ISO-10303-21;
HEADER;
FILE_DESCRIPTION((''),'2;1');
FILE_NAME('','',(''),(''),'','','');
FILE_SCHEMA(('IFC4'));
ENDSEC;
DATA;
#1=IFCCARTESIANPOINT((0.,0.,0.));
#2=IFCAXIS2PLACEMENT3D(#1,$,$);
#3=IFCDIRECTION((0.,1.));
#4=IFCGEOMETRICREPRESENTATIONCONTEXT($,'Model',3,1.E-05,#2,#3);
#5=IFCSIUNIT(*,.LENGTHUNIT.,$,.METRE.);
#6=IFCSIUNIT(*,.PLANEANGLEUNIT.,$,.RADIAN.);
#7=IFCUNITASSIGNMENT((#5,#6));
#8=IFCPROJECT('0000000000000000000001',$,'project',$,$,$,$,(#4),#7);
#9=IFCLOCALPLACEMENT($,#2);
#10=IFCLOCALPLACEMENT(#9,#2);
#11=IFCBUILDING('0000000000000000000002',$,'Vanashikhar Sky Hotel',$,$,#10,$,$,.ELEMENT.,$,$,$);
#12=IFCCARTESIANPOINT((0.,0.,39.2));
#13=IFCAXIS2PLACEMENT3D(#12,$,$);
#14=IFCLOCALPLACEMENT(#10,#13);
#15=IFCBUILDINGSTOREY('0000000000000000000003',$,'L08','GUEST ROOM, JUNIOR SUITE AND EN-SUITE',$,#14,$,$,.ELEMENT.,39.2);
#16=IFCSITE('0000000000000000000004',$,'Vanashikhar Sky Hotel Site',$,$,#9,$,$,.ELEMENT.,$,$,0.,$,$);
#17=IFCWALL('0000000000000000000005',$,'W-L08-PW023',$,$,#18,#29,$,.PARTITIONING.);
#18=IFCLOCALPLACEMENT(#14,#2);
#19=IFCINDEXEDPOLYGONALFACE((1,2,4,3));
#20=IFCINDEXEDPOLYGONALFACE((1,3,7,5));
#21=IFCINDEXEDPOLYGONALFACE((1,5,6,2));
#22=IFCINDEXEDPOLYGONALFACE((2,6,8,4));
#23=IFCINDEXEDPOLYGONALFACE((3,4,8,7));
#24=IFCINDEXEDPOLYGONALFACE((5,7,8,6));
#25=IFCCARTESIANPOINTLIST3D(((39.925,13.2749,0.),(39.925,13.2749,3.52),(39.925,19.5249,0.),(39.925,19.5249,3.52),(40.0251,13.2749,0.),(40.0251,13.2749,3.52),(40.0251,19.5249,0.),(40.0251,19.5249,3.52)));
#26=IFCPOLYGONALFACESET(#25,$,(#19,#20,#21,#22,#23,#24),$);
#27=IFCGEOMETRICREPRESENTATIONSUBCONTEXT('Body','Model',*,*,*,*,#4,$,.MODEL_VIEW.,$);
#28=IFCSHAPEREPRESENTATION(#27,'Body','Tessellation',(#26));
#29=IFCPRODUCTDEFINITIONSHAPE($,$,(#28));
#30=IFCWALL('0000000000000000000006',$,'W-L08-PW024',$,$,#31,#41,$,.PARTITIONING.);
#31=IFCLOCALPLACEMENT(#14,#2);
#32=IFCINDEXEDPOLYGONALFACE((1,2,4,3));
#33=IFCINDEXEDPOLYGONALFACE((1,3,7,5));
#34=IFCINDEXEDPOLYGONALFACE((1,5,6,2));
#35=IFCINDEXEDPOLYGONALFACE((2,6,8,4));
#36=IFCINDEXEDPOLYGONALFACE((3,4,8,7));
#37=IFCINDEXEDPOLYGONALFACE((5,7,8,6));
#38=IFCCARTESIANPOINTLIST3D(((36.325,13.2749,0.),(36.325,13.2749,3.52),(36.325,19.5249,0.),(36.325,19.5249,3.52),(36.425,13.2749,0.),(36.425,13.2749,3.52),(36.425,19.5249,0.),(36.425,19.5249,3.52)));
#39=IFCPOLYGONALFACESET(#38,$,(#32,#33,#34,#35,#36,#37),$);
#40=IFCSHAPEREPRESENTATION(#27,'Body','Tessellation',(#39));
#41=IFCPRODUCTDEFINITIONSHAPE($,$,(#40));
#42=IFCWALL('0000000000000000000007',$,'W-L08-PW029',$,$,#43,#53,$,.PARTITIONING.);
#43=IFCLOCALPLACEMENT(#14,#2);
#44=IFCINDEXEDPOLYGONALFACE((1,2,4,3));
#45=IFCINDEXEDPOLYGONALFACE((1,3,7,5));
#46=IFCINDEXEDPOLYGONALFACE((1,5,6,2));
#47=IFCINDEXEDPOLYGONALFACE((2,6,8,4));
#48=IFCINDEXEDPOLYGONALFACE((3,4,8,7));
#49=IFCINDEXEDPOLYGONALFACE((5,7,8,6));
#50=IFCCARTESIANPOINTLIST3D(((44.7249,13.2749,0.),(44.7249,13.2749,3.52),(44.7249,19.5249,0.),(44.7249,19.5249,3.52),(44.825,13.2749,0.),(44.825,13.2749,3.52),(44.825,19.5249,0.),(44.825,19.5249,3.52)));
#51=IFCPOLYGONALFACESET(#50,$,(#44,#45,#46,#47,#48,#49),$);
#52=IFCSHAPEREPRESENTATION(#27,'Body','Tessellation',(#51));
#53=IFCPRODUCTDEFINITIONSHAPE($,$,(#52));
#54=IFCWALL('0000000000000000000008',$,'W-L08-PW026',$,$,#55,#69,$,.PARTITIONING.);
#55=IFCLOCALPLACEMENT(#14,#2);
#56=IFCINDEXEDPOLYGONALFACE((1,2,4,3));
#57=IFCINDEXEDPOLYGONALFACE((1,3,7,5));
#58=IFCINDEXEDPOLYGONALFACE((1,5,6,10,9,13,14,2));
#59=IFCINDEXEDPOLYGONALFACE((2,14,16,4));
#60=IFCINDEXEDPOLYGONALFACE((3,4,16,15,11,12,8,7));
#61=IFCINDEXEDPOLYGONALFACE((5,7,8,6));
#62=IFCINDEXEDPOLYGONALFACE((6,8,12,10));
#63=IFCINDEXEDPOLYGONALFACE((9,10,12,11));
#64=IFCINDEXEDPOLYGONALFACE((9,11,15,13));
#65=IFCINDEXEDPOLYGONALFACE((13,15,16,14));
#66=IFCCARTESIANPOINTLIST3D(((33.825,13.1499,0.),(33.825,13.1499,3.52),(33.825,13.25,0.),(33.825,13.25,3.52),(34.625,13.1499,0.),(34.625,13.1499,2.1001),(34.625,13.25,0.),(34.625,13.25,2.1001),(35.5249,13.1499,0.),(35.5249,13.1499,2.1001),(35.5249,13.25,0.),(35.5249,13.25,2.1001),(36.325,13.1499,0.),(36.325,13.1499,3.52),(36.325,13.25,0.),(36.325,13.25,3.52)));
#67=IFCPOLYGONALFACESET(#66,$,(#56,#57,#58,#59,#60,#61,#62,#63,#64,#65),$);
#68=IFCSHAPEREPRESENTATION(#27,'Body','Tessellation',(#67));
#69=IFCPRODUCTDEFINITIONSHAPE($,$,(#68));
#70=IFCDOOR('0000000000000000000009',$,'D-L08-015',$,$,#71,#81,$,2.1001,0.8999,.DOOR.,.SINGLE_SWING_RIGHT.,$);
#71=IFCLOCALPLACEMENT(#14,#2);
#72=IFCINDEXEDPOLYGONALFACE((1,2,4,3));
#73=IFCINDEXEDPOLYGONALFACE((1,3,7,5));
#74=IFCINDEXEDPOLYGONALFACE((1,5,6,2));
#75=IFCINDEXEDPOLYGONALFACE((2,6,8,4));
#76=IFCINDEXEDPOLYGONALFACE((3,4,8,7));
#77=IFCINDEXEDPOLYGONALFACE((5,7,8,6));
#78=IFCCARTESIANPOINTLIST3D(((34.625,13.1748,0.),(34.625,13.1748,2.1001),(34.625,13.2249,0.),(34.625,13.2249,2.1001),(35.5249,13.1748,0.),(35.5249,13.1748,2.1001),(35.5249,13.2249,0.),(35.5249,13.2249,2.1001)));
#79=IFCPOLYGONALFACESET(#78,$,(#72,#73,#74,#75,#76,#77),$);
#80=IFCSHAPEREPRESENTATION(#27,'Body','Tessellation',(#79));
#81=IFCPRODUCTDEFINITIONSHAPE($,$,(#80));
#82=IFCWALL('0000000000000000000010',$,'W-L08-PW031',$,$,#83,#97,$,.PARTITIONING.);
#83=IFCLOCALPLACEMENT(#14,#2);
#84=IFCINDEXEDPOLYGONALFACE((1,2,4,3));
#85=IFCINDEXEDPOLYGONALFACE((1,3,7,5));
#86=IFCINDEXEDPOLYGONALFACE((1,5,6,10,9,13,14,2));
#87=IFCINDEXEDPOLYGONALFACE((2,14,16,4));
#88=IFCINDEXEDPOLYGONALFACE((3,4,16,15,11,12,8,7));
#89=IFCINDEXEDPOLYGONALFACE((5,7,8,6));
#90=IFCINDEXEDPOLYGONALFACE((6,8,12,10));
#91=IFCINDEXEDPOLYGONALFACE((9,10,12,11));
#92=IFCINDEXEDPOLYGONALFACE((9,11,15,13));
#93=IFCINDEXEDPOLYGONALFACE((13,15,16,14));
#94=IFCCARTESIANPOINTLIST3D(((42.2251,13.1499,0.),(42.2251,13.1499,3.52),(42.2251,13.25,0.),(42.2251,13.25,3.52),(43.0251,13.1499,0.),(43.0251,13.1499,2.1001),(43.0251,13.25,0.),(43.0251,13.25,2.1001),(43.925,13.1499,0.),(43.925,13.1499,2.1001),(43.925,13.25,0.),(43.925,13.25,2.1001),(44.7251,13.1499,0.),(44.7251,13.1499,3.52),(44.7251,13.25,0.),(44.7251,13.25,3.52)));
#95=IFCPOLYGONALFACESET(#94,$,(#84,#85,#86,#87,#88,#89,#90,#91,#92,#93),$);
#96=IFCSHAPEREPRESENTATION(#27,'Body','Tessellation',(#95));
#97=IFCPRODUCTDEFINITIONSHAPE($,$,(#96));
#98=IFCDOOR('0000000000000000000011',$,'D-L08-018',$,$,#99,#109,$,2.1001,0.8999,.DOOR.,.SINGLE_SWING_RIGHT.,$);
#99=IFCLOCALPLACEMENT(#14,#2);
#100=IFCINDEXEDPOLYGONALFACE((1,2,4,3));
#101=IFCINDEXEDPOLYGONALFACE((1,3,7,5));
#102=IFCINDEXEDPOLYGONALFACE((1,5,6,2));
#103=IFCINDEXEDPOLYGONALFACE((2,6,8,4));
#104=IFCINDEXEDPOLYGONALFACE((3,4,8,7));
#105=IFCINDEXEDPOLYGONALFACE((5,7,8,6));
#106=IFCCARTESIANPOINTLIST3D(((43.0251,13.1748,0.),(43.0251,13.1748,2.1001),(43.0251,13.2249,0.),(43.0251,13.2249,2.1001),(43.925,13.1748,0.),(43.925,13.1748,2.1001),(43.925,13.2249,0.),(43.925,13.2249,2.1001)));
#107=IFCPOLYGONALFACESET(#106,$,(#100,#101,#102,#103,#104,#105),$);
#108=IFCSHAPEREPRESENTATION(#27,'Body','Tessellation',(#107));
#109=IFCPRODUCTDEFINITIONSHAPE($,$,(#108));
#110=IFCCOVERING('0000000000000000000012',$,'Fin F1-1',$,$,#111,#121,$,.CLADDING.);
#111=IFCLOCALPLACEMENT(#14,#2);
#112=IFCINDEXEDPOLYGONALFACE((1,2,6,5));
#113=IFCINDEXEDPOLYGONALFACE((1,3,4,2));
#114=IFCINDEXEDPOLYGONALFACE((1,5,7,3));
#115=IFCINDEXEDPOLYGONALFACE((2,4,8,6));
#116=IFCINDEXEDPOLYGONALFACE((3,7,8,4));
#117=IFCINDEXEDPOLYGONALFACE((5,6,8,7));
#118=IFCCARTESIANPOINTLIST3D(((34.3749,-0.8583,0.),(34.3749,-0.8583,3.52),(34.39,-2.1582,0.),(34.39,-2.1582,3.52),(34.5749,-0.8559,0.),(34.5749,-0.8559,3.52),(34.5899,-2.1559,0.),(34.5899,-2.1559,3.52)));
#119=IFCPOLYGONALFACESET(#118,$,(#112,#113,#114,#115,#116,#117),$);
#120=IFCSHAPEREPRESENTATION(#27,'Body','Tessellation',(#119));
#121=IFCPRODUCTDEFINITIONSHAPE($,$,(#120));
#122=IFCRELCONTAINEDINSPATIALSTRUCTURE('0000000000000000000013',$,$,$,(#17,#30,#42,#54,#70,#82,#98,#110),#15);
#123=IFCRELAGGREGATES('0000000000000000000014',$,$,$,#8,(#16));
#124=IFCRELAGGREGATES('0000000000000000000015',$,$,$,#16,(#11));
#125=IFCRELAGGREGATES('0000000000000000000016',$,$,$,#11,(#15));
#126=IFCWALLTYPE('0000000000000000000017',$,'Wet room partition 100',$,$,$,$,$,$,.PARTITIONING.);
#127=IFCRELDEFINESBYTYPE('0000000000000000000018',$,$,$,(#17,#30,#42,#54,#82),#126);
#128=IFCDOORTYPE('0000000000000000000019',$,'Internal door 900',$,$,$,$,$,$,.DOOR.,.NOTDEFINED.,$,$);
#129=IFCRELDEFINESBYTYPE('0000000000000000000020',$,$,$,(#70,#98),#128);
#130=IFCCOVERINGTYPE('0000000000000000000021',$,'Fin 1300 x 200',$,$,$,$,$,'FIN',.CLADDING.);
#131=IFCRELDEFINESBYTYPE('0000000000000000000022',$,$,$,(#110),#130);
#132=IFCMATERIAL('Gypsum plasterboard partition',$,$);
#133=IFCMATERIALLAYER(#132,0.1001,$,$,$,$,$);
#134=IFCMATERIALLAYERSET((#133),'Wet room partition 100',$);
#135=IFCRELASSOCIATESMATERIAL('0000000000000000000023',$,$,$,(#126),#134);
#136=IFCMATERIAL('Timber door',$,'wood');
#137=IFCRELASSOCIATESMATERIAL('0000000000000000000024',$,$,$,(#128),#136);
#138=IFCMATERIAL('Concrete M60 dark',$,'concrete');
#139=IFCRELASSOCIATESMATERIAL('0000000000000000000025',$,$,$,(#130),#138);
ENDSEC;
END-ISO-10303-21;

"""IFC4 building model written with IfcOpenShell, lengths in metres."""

from ifc_helpers import new_model, si_unit, direction, frame, frame_2d, origin, origin_2d, place, context, subcontext, project, spatial, rectangle, extrude, source, transform, mapped, material, layer, layer_set, material_profile, profile_set, type_object, element, fill, save


model = new_model("IFC4")

# Units and contexts
model_context = context("Model", 3, precision=1e-05, world=origin(), true_north=direction((0.0, 1.0)))
body_context = subcontext(model_context, "Body", "Model", "MODEL_VIEW")
ifc_project = project(units=[si_unit("LENGTHUNIT", "METRE"), si_unit("PLANEANGLEUNIT", "RADIAN")], contexts=[model_context])

# Site, building, storey
site_placement = place(None, origin())
site = spatial("IfcSite", under=ifc_project, at=site_placement, Name="Vanashikhar Sky Hotel Site", CompositionType="ELEMENT", RefElevation=0.0)
building_placement = place(site_placement, origin())
building = spatial("IfcBuilding", under=site, at=building_placement, Name="Vanashikhar Sky Hotel", CompositionType="ELEMENT")
storey_placement = place(building_placement, frame((0.0, 0.0, 39.2)))
storey = spatial("IfcBuildingStorey", under=building, at=storey_placement, Name="L08", Description="GUEST ROOM, JUNIOR SUITE AND EN-SUITE", CompositionType="ELEMENT", Elevation=39.2)

# Shared definitions
ifc_material_1 = material(Name="Gypsum plasterboard partition")

# Shared definitions
ifc_layer_1 = layer(ifc_material_1, 0.1001)
ifc_layer_set_1 = layer_set([ifc_layer_1], Name="Wet room partition 100")
wall_type_1 = type_object("IfcWallType", Name="Wet room partition 100", PredefinedType="PARTITIONING", material=ifc_layer_set_1)
shared_shape_1 = source(origin(), body_context, "Body", "SweptSolid", [
    extrude(rectangle(XDim=0.8999, YDim=2.1001, at=frame_2d((0.45, 1.05))), frame((0.0, 0.0601, 0.0), z_axis=(0.0, -1.0, 0.0), x_axis=(1.0, 0.0, 0.0)), (0.0, 0.0, 1.0), 0.1201),
])
ifc_material_2 = material(Name="Timber door", Category="wood")
door_type = type_object("IfcDoorType", Name="Internal door 900", OperationType="NOTDEFINED", PredefinedType="DOOR", material=ifc_material_2)
shared_shape_2 = source(origin(), body_context, "Body", "SweptSolid", [
    extrude(rectangle(XDim=0.8999, YDim=2.1001, at=frame_2d((0.45, 1.05))), frame((0.0, 0.0249, 0.0), z_axis=(0.0, -1.0, 0.0), x_axis=(1.0, 0.0, 0.0)), (0.0, 0.0, 1.0), 0.05),
])

# Walls
shared_shape_3 = source(origin(), body_context, "Body", "SweptSolid", [
    extrude(rectangle(XDim=6.25, YDim=0.1001, at=frame_2d((3.125, 0.0))), origin(), (0.0, 0.0, 1.0), 3.52),
])
for number, where, z_axis, x_axis, name in (
    (1, (39.9751, 13.2749, 0.0), (0.0, 0.0, 1.0), (0.0, 1.0, 0.0), "W-L08-PW023"),
    (2, (36.375, 13.2749, 0.0), (0.0, 0.0, 1.0), (0.0, 1.0, 0.0), "W-L08-PW024"),
    (3, (44.7749, 13.2749, 0.0), (0.0, 0.0, 1.0), (0.0, 1.0, 0.0), "W-L08-PW029"),
):
    element("IfcWall", number, at=place(storey_placement, frame(where, z_axis=z_axis, x_axis=x_axis)), inside=storey, type_object=wall_type_1, Name=name, PredefinedType="PARTITIONING", context=body_context, shape_type="MappedRepresentation", body=[
        mapped(shared_shape_3, transform((0.0, 0.0, 0.0), scale=1.0)),
    ])

# Walls, openings, doors
shared_shape_4 = source(origin(), body_context, "Body", "SweptSolid", [
    extrude(rectangle(XDim=2.5, YDim=0.1001, at=frame_2d((1.25, 0.0))), origin(), (0.0, 0.0, 1.0), 3.52),
])
wall_1_placement = place(storey_placement, frame((33.825, 13.2, 0.0), z_axis=(0.0, 0.0, 1.0), x_axis=(1.0, 0.0, 0.0)))
wall_1 = element("IfcWall", 4, at=wall_1_placement, inside=storey, type_object=wall_type_1, Name="W-L08-PW026", PredefinedType="PARTITIONING", context=body_context, shape_type="MappedRepresentation", body=[
    mapped(shared_shape_4, transform((0.0, 0.0, 0.0), scale=1.0)),
])
opening_1_placement = place(wall_1_placement, frame((0.8, 0.0, 0.0)))
opening_1 = element("IfcOpeningElement", 5, at=opening_1_placement, cuts=wall_1, PredefinedType="OPENING", context=body_context, shape_type="MappedRepresentation", body=[
    mapped(shared_shape_1, transform((0.0, 0.0, 0.0), scale=1.0)),
])
door_1_placement = place(opening_1_placement, origin())
door_1 = element("IfcDoor", 6, at=door_1_placement, inside=storey, type_object=door_type, Name="D-L08-015", OperationType="SINGLE_SWING_RIGHT", OverallHeight=2.1001, OverallWidth=0.8999, PredefinedType="DOOR", context=body_context, shape_type="MappedRepresentation", body=[
    mapped(shared_shape_2, transform((0.0, 0.0, 0.0), scale=1.0)),
])
fill(opening_1, door_1)
wall_2_placement = place(storey_placement, frame((42.2251, 13.2, 0.0), z_axis=(0.0, 0.0, 1.0), x_axis=(1.0, 0.0, 0.0)))
wall_2 = element("IfcWall", 7, at=wall_2_placement, inside=storey, type_object=wall_type_1, Name="W-L08-PW031", PredefinedType="PARTITIONING", context=body_context, shape_type="MappedRepresentation", body=[
    mapped(shared_shape_4, transform((0.0, 0.0, 0.0), scale=1.0)),
])
opening_2_placement = place(wall_2_placement, frame((0.8, 0.0, 0.0)))
opening_2 = element("IfcOpeningElement", 8, at=opening_2_placement, cuts=wall_2, PredefinedType="OPENING", context=body_context, shape_type="MappedRepresentation", body=[
    mapped(shared_shape_1, transform((0.0, 0.0, 0.0), scale=1.0)),
])
door_2_placement = place(opening_2_placement, origin())
door_2 = element("IfcDoor", 9, at=door_2_placement, inside=storey, type_object=door_type, Name="D-L08-018", OperationType="SINGLE_SWING_RIGHT", OverallHeight=2.1001, OverallWidth=0.8999, PredefinedType="DOOR", context=body_context, shape_type="MappedRepresentation", body=[
    mapped(shared_shape_2, transform((0.0, 0.0, 0.0), scale=1.0)),
])
fill(opening_2, door_2)

# Covering
ifc_material_3 = material(Name="Concrete M60 dark", Category="concrete")
ifc_material_profile = material_profile(ifc_material_3, rectangle(XDim=1.3, YDim=0.2, at=origin_2d()))
ifc_profile_set = profile_set([ifc_material_profile], Name="Fin 1300 x 200")
covering_type = type_object("IfcCoveringType", Name="Fin 1300 x 200", ElementType="FIN", PredefinedType="CLADDING", material=ifc_profile_set)
shared_shape_5 = source(origin(), body_context, "Body", "SweptSolid", [
    extrude(rectangle(XDim=1.3, YDim=0.2, at=origin_2d()), origin(), (0.0, 0.0, 1.0), 3.52),
])
covering_placement = place(storey_placement, frame((34.4824, -1.5071, 0.0), z_axis=(0.0, 0.0, 1.0), x_axis=(0.011589, -0.999933, 0.0)))
element("IfcCovering", 10, at=covering_placement, inside=storey, type_object=covering_type, Name="Fin F1-1", PredefinedType="CLADDING", context=body_context, shape_type="MappedRepresentation", body=[
    mapped(shared_shape_5, transform((0.0, 0.0, 0.0), scale=1.0)),
])

save(model, "model.ifc")
